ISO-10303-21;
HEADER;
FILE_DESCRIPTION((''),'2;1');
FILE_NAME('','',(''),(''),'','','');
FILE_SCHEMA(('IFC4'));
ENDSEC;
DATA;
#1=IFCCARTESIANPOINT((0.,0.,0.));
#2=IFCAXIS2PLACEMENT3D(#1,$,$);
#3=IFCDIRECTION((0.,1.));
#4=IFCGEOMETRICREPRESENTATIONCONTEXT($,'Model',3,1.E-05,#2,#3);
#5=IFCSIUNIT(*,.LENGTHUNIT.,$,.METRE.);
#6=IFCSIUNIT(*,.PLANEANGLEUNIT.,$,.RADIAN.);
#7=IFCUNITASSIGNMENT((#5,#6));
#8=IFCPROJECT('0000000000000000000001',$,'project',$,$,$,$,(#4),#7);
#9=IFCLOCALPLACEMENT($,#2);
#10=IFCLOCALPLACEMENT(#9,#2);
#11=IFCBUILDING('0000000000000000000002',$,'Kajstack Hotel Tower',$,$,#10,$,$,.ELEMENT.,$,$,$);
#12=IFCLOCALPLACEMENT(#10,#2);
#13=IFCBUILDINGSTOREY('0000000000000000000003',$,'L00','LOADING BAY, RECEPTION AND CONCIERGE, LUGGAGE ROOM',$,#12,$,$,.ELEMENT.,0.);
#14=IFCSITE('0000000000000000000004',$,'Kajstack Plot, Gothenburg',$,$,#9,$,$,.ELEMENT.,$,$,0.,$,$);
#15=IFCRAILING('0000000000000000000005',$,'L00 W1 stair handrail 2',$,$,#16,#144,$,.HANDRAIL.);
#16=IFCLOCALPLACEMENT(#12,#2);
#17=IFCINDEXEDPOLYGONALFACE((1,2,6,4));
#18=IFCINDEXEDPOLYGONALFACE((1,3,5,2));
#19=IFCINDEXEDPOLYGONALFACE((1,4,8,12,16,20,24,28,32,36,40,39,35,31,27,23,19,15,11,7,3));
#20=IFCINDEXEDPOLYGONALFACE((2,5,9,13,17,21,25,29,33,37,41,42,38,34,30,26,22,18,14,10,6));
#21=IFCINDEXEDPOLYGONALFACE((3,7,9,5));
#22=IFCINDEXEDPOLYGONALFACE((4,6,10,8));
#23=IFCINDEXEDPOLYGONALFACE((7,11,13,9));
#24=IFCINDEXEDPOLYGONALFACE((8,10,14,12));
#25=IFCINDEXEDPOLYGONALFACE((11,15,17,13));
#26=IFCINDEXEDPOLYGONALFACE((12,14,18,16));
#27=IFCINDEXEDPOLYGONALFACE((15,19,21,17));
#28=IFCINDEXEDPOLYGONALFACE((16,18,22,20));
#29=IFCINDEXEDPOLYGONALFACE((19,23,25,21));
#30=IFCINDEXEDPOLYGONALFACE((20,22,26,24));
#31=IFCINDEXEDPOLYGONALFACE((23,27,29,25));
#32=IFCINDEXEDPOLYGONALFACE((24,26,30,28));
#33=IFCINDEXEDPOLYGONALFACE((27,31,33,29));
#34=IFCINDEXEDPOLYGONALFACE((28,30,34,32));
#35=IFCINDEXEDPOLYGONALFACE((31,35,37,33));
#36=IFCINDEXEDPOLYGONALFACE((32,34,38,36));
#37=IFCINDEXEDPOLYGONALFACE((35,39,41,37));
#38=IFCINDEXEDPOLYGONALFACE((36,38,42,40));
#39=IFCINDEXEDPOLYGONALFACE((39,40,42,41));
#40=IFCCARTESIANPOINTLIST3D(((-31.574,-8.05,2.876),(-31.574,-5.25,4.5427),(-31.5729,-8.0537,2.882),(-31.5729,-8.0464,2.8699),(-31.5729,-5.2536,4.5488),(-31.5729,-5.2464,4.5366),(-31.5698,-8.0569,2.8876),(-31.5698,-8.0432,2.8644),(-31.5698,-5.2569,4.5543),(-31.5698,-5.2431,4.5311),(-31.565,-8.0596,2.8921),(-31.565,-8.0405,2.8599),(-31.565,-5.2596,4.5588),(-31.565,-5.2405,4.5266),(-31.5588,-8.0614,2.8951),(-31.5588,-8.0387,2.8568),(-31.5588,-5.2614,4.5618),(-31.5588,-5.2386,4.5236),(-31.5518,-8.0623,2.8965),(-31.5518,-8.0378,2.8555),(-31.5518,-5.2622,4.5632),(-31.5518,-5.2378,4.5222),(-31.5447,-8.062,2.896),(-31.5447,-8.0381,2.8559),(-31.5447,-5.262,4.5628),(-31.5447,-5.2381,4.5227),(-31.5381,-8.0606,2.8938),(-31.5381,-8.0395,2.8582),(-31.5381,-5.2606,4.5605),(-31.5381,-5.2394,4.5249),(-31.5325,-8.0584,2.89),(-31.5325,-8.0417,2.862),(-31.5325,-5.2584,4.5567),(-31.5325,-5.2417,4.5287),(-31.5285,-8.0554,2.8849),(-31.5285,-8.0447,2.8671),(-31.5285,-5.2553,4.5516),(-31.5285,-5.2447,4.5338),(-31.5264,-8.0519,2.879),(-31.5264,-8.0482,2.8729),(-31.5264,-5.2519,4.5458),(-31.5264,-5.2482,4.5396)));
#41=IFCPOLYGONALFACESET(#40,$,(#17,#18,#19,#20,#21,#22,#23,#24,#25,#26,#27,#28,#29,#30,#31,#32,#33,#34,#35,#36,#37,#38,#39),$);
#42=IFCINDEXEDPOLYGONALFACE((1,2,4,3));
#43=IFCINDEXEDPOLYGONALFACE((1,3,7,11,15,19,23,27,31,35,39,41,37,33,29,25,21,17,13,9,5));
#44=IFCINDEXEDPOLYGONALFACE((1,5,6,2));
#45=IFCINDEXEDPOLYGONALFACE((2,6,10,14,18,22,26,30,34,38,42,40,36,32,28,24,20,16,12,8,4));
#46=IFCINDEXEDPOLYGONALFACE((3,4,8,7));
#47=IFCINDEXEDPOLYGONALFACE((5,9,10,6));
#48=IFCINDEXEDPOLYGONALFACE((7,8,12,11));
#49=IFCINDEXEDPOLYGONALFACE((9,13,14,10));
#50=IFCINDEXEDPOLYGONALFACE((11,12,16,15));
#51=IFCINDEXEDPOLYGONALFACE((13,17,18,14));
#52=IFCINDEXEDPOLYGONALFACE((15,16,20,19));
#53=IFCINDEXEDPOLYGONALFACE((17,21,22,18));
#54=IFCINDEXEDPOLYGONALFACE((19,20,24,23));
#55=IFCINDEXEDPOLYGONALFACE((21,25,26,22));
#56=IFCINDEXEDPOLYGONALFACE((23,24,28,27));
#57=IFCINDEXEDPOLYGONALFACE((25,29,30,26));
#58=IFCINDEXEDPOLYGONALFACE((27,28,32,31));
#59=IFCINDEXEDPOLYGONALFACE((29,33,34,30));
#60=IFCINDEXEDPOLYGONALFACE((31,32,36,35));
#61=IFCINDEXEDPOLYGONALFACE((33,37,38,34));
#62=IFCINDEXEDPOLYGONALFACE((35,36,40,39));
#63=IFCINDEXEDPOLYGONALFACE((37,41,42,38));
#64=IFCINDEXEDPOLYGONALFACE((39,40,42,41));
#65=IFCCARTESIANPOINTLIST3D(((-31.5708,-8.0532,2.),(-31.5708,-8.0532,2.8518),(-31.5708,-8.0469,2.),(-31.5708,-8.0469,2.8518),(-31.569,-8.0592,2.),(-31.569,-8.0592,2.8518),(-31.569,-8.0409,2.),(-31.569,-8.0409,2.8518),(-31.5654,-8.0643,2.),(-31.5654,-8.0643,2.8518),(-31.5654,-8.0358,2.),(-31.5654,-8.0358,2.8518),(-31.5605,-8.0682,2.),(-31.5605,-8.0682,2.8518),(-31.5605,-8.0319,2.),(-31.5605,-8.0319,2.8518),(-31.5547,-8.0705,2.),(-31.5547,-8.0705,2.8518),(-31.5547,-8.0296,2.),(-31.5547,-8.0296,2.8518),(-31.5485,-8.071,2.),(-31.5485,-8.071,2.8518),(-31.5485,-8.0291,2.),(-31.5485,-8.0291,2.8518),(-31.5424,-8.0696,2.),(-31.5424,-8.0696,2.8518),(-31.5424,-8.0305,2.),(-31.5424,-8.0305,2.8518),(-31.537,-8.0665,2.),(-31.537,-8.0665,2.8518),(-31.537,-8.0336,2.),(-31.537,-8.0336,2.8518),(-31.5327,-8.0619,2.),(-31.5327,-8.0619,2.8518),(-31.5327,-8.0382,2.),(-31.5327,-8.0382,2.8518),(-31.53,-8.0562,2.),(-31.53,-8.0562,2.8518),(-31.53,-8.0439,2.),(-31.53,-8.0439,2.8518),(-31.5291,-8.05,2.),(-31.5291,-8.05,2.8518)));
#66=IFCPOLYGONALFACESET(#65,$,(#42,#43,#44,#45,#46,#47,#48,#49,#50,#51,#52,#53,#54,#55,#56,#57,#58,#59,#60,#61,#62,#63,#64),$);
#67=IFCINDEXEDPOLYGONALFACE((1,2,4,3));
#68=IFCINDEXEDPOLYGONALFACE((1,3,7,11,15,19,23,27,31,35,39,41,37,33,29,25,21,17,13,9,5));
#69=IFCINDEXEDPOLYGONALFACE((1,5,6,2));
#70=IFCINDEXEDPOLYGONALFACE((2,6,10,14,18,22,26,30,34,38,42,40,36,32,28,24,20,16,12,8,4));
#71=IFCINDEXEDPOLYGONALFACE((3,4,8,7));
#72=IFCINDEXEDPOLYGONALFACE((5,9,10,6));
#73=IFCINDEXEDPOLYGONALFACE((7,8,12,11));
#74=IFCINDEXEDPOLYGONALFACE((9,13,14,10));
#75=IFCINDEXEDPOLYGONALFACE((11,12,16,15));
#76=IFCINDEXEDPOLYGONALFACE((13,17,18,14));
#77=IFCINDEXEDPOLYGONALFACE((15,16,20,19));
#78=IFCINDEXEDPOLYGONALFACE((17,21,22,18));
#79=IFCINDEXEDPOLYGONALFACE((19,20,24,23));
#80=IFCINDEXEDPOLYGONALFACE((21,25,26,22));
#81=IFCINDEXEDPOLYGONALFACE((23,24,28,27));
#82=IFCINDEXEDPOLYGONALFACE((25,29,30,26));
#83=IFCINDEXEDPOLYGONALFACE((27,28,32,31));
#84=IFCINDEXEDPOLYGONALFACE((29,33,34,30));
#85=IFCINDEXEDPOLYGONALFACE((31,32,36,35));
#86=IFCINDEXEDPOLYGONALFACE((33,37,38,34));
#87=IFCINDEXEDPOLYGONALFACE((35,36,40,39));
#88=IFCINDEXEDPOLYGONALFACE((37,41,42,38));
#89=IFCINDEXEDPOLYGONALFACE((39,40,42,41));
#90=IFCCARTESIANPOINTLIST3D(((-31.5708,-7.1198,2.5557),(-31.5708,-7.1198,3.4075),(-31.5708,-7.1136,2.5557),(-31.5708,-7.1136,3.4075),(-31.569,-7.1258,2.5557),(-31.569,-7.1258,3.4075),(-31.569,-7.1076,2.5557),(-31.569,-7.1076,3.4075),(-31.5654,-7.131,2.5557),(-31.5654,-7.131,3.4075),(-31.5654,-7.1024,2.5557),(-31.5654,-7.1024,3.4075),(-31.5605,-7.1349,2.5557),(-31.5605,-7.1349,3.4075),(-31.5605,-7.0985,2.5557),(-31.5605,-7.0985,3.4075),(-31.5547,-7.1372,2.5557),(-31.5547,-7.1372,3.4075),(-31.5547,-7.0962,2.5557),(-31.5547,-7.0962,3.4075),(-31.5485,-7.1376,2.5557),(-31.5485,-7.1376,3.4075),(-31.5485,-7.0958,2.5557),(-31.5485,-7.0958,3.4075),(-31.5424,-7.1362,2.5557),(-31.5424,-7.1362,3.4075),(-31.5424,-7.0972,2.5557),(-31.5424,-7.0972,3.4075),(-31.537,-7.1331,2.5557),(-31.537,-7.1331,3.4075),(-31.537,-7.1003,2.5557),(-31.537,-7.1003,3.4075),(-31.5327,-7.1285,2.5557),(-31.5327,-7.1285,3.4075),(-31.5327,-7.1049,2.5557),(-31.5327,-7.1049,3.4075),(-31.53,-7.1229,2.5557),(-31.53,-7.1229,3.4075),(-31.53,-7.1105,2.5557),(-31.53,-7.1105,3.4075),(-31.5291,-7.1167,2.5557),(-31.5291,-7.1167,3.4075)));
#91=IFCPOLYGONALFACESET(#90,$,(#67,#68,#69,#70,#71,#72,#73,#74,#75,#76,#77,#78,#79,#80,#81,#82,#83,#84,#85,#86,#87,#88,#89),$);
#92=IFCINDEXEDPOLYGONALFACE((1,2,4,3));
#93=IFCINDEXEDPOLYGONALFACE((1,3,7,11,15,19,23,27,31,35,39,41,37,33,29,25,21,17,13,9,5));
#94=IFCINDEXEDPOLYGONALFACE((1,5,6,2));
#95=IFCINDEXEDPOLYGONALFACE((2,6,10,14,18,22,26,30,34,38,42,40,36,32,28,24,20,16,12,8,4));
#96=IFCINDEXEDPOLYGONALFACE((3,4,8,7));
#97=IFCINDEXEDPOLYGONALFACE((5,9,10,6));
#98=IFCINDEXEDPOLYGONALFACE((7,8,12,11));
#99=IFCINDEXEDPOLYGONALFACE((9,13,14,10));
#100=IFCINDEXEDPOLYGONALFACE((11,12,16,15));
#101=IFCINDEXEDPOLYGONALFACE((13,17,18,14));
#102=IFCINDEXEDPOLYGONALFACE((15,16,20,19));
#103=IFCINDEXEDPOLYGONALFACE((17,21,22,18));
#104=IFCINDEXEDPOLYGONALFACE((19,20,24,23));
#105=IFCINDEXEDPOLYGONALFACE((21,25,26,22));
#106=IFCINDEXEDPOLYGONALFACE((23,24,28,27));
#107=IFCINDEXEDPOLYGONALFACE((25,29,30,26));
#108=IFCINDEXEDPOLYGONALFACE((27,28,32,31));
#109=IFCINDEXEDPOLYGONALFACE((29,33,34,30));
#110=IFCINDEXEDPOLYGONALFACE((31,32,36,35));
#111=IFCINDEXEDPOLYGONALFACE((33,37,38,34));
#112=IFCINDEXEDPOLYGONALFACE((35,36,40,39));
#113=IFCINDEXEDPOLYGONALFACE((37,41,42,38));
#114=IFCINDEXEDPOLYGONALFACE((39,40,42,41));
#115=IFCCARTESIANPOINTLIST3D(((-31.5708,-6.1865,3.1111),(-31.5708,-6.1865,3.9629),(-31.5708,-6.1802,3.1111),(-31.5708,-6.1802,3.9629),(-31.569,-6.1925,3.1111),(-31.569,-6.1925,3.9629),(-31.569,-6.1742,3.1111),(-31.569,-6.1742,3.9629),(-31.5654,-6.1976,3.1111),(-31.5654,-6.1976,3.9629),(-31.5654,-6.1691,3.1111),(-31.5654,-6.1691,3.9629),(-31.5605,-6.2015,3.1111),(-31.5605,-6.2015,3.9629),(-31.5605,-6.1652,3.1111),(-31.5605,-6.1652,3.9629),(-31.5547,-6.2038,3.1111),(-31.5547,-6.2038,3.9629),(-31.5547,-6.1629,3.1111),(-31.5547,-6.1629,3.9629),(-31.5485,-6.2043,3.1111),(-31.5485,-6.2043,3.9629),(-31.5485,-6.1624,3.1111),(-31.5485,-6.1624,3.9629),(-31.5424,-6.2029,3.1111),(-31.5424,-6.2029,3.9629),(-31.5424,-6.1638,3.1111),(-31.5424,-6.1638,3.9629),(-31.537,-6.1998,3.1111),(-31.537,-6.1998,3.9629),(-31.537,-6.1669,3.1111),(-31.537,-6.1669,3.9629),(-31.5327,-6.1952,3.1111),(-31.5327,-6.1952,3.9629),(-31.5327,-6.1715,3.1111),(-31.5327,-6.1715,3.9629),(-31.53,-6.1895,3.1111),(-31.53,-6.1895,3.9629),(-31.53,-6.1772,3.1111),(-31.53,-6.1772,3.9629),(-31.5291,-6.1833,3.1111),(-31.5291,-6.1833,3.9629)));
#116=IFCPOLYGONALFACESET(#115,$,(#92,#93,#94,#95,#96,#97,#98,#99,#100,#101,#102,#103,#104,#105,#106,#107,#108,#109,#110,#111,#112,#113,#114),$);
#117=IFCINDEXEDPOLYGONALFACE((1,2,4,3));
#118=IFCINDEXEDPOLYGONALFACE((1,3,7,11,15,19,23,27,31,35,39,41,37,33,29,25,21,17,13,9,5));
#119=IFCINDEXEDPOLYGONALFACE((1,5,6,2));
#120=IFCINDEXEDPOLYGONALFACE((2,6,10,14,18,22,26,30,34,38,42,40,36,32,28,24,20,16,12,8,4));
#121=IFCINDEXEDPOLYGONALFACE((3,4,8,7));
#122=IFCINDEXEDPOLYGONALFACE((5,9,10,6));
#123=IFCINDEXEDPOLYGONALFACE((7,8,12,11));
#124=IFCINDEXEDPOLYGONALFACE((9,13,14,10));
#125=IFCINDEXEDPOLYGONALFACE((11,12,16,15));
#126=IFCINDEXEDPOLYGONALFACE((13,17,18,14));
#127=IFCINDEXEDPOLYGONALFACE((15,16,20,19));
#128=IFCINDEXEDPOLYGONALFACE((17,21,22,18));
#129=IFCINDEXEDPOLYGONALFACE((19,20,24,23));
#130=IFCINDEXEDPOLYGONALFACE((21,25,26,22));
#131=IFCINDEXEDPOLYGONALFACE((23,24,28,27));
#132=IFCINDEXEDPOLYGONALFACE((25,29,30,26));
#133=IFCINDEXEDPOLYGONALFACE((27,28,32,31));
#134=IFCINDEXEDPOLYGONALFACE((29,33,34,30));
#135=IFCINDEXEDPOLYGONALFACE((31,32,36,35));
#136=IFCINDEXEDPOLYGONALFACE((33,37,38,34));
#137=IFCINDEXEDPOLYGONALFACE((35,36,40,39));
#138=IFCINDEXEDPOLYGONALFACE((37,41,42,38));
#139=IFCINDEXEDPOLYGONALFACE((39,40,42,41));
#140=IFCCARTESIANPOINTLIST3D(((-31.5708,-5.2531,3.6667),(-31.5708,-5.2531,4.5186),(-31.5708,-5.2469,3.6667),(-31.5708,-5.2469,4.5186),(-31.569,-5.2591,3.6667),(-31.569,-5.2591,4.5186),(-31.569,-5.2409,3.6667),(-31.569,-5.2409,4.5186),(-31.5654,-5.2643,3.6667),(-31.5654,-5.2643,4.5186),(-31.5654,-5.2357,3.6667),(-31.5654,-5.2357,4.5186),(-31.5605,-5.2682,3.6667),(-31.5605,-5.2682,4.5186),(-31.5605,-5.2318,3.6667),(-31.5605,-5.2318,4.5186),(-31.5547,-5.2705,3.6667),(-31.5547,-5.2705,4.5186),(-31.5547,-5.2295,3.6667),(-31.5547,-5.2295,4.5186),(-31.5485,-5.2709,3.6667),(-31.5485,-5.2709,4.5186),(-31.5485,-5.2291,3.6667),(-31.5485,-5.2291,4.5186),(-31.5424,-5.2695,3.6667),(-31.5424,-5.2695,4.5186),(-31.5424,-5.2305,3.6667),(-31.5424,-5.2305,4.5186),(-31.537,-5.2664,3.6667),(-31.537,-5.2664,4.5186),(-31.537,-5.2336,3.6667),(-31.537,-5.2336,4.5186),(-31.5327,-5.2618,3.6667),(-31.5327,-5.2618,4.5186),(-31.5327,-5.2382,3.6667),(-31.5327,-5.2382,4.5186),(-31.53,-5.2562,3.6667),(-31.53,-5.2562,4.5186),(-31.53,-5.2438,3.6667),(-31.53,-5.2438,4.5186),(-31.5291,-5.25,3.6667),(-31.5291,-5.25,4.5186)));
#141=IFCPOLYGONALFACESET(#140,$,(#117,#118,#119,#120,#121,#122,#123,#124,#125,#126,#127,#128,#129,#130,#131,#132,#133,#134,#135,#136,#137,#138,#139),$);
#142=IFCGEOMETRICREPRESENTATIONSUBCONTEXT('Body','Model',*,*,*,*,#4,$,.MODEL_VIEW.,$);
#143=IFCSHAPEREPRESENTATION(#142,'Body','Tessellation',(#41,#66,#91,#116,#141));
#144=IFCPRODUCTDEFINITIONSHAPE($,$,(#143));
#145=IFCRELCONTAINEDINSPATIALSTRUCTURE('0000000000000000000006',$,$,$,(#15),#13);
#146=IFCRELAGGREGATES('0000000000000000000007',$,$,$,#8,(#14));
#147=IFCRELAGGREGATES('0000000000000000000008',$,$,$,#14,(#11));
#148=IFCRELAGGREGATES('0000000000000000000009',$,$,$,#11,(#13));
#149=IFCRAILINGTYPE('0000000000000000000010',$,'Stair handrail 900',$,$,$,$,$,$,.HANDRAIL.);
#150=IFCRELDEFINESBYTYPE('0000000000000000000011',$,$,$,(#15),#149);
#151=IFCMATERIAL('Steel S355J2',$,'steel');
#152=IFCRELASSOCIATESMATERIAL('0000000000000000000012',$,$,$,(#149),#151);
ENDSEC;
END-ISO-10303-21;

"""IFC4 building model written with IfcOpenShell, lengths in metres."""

from ifc_helpers import new_model, si_unit, direction, frame, origin, origin_2d, place, context, subcontext, project, spatial, circle, extrude, material, type_object, element, save


model = new_model("IFC4")

# Units and contexts
model_context = context("Model", 3, precision=1e-05, world=origin(), true_north=direction((0.0, 1.0)))
body_context = subcontext(model_context, "Body", "Model", "MODEL_VIEW")
ifc_project = project(units=[si_unit("LENGTHUNIT", "METRE"), si_unit("PLANEANGLEUNIT", "RADIAN")], contexts=[model_context])

# Site, building, storey
site_placement = place(None, origin())
site = spatial("IfcSite", under=ifc_project, at=site_placement, Name="Kajstack Plot, Gothenburg", CompositionType="ELEMENT", RefElevation=0.0)
building_placement = place(site_placement, origin())
building = spatial("IfcBuilding", under=site, at=building_placement, Name="Kajstack Hotel Tower", CompositionType="ELEMENT")
storey_placement = place(building_placement, origin())
storey = spatial("IfcBuildingStorey", under=building, at=storey_placement, Name="L00", Description="LOADING BAY, RECEPTION AND CONCIERGE, LUGGAGE ROOM", CompositionType="ELEMENT", Elevation=0.0)

# Railing
ifc_material_1 = material(Name="Steel S355J2", Category="steel")
railing_type_1 = type_object("IfcRailingType", Name="Stair handrail 900", PredefinedType="HANDRAIL", material=ifc_material_1)
railing_1_placement = place(storey_placement, frame((-31.55, -8.05, 2.0)))
element("IfcRailing", 1, at=railing_1_placement, inside=storey, type_object=railing_type_1, Name="L00 W1 stair handrail 2", PredefinedType="HANDRAIL", context=body_context, shape_type="SweptSolid", body=[
    extrude(circle(Radius=0.0239, at=origin_2d()), frame((0.0, 0.0, 0.876), z_axis=(0.0, 0.859286, 0.511496), x_axis=(-1.0, 0.0, 0.0)), (0.0, 0.0, 1.0), 3.2585),
    extrude(circle(Radius=0.021, at=origin_2d()), origin(), (0.0, 0.0, 1.0), 0.8518),
    extrude(circle(Radius=0.021, at=origin_2d()), frame((0.0, 0.9333, 0.5557)), (0.0, 0.0, 1.0), 0.8518),
    extrude(circle(Radius=0.021, at=origin_2d()), frame((0.0, 1.8667, 1.1111)), (0.0, 0.0, 1.0), 0.8518),
    extrude(circle(Radius=0.021, at=origin_2d()), frame((0.0, 2.8, 1.6667)), (0.0, 0.0, 1.0), 0.8518),
])

save(model, "model.ifc")
